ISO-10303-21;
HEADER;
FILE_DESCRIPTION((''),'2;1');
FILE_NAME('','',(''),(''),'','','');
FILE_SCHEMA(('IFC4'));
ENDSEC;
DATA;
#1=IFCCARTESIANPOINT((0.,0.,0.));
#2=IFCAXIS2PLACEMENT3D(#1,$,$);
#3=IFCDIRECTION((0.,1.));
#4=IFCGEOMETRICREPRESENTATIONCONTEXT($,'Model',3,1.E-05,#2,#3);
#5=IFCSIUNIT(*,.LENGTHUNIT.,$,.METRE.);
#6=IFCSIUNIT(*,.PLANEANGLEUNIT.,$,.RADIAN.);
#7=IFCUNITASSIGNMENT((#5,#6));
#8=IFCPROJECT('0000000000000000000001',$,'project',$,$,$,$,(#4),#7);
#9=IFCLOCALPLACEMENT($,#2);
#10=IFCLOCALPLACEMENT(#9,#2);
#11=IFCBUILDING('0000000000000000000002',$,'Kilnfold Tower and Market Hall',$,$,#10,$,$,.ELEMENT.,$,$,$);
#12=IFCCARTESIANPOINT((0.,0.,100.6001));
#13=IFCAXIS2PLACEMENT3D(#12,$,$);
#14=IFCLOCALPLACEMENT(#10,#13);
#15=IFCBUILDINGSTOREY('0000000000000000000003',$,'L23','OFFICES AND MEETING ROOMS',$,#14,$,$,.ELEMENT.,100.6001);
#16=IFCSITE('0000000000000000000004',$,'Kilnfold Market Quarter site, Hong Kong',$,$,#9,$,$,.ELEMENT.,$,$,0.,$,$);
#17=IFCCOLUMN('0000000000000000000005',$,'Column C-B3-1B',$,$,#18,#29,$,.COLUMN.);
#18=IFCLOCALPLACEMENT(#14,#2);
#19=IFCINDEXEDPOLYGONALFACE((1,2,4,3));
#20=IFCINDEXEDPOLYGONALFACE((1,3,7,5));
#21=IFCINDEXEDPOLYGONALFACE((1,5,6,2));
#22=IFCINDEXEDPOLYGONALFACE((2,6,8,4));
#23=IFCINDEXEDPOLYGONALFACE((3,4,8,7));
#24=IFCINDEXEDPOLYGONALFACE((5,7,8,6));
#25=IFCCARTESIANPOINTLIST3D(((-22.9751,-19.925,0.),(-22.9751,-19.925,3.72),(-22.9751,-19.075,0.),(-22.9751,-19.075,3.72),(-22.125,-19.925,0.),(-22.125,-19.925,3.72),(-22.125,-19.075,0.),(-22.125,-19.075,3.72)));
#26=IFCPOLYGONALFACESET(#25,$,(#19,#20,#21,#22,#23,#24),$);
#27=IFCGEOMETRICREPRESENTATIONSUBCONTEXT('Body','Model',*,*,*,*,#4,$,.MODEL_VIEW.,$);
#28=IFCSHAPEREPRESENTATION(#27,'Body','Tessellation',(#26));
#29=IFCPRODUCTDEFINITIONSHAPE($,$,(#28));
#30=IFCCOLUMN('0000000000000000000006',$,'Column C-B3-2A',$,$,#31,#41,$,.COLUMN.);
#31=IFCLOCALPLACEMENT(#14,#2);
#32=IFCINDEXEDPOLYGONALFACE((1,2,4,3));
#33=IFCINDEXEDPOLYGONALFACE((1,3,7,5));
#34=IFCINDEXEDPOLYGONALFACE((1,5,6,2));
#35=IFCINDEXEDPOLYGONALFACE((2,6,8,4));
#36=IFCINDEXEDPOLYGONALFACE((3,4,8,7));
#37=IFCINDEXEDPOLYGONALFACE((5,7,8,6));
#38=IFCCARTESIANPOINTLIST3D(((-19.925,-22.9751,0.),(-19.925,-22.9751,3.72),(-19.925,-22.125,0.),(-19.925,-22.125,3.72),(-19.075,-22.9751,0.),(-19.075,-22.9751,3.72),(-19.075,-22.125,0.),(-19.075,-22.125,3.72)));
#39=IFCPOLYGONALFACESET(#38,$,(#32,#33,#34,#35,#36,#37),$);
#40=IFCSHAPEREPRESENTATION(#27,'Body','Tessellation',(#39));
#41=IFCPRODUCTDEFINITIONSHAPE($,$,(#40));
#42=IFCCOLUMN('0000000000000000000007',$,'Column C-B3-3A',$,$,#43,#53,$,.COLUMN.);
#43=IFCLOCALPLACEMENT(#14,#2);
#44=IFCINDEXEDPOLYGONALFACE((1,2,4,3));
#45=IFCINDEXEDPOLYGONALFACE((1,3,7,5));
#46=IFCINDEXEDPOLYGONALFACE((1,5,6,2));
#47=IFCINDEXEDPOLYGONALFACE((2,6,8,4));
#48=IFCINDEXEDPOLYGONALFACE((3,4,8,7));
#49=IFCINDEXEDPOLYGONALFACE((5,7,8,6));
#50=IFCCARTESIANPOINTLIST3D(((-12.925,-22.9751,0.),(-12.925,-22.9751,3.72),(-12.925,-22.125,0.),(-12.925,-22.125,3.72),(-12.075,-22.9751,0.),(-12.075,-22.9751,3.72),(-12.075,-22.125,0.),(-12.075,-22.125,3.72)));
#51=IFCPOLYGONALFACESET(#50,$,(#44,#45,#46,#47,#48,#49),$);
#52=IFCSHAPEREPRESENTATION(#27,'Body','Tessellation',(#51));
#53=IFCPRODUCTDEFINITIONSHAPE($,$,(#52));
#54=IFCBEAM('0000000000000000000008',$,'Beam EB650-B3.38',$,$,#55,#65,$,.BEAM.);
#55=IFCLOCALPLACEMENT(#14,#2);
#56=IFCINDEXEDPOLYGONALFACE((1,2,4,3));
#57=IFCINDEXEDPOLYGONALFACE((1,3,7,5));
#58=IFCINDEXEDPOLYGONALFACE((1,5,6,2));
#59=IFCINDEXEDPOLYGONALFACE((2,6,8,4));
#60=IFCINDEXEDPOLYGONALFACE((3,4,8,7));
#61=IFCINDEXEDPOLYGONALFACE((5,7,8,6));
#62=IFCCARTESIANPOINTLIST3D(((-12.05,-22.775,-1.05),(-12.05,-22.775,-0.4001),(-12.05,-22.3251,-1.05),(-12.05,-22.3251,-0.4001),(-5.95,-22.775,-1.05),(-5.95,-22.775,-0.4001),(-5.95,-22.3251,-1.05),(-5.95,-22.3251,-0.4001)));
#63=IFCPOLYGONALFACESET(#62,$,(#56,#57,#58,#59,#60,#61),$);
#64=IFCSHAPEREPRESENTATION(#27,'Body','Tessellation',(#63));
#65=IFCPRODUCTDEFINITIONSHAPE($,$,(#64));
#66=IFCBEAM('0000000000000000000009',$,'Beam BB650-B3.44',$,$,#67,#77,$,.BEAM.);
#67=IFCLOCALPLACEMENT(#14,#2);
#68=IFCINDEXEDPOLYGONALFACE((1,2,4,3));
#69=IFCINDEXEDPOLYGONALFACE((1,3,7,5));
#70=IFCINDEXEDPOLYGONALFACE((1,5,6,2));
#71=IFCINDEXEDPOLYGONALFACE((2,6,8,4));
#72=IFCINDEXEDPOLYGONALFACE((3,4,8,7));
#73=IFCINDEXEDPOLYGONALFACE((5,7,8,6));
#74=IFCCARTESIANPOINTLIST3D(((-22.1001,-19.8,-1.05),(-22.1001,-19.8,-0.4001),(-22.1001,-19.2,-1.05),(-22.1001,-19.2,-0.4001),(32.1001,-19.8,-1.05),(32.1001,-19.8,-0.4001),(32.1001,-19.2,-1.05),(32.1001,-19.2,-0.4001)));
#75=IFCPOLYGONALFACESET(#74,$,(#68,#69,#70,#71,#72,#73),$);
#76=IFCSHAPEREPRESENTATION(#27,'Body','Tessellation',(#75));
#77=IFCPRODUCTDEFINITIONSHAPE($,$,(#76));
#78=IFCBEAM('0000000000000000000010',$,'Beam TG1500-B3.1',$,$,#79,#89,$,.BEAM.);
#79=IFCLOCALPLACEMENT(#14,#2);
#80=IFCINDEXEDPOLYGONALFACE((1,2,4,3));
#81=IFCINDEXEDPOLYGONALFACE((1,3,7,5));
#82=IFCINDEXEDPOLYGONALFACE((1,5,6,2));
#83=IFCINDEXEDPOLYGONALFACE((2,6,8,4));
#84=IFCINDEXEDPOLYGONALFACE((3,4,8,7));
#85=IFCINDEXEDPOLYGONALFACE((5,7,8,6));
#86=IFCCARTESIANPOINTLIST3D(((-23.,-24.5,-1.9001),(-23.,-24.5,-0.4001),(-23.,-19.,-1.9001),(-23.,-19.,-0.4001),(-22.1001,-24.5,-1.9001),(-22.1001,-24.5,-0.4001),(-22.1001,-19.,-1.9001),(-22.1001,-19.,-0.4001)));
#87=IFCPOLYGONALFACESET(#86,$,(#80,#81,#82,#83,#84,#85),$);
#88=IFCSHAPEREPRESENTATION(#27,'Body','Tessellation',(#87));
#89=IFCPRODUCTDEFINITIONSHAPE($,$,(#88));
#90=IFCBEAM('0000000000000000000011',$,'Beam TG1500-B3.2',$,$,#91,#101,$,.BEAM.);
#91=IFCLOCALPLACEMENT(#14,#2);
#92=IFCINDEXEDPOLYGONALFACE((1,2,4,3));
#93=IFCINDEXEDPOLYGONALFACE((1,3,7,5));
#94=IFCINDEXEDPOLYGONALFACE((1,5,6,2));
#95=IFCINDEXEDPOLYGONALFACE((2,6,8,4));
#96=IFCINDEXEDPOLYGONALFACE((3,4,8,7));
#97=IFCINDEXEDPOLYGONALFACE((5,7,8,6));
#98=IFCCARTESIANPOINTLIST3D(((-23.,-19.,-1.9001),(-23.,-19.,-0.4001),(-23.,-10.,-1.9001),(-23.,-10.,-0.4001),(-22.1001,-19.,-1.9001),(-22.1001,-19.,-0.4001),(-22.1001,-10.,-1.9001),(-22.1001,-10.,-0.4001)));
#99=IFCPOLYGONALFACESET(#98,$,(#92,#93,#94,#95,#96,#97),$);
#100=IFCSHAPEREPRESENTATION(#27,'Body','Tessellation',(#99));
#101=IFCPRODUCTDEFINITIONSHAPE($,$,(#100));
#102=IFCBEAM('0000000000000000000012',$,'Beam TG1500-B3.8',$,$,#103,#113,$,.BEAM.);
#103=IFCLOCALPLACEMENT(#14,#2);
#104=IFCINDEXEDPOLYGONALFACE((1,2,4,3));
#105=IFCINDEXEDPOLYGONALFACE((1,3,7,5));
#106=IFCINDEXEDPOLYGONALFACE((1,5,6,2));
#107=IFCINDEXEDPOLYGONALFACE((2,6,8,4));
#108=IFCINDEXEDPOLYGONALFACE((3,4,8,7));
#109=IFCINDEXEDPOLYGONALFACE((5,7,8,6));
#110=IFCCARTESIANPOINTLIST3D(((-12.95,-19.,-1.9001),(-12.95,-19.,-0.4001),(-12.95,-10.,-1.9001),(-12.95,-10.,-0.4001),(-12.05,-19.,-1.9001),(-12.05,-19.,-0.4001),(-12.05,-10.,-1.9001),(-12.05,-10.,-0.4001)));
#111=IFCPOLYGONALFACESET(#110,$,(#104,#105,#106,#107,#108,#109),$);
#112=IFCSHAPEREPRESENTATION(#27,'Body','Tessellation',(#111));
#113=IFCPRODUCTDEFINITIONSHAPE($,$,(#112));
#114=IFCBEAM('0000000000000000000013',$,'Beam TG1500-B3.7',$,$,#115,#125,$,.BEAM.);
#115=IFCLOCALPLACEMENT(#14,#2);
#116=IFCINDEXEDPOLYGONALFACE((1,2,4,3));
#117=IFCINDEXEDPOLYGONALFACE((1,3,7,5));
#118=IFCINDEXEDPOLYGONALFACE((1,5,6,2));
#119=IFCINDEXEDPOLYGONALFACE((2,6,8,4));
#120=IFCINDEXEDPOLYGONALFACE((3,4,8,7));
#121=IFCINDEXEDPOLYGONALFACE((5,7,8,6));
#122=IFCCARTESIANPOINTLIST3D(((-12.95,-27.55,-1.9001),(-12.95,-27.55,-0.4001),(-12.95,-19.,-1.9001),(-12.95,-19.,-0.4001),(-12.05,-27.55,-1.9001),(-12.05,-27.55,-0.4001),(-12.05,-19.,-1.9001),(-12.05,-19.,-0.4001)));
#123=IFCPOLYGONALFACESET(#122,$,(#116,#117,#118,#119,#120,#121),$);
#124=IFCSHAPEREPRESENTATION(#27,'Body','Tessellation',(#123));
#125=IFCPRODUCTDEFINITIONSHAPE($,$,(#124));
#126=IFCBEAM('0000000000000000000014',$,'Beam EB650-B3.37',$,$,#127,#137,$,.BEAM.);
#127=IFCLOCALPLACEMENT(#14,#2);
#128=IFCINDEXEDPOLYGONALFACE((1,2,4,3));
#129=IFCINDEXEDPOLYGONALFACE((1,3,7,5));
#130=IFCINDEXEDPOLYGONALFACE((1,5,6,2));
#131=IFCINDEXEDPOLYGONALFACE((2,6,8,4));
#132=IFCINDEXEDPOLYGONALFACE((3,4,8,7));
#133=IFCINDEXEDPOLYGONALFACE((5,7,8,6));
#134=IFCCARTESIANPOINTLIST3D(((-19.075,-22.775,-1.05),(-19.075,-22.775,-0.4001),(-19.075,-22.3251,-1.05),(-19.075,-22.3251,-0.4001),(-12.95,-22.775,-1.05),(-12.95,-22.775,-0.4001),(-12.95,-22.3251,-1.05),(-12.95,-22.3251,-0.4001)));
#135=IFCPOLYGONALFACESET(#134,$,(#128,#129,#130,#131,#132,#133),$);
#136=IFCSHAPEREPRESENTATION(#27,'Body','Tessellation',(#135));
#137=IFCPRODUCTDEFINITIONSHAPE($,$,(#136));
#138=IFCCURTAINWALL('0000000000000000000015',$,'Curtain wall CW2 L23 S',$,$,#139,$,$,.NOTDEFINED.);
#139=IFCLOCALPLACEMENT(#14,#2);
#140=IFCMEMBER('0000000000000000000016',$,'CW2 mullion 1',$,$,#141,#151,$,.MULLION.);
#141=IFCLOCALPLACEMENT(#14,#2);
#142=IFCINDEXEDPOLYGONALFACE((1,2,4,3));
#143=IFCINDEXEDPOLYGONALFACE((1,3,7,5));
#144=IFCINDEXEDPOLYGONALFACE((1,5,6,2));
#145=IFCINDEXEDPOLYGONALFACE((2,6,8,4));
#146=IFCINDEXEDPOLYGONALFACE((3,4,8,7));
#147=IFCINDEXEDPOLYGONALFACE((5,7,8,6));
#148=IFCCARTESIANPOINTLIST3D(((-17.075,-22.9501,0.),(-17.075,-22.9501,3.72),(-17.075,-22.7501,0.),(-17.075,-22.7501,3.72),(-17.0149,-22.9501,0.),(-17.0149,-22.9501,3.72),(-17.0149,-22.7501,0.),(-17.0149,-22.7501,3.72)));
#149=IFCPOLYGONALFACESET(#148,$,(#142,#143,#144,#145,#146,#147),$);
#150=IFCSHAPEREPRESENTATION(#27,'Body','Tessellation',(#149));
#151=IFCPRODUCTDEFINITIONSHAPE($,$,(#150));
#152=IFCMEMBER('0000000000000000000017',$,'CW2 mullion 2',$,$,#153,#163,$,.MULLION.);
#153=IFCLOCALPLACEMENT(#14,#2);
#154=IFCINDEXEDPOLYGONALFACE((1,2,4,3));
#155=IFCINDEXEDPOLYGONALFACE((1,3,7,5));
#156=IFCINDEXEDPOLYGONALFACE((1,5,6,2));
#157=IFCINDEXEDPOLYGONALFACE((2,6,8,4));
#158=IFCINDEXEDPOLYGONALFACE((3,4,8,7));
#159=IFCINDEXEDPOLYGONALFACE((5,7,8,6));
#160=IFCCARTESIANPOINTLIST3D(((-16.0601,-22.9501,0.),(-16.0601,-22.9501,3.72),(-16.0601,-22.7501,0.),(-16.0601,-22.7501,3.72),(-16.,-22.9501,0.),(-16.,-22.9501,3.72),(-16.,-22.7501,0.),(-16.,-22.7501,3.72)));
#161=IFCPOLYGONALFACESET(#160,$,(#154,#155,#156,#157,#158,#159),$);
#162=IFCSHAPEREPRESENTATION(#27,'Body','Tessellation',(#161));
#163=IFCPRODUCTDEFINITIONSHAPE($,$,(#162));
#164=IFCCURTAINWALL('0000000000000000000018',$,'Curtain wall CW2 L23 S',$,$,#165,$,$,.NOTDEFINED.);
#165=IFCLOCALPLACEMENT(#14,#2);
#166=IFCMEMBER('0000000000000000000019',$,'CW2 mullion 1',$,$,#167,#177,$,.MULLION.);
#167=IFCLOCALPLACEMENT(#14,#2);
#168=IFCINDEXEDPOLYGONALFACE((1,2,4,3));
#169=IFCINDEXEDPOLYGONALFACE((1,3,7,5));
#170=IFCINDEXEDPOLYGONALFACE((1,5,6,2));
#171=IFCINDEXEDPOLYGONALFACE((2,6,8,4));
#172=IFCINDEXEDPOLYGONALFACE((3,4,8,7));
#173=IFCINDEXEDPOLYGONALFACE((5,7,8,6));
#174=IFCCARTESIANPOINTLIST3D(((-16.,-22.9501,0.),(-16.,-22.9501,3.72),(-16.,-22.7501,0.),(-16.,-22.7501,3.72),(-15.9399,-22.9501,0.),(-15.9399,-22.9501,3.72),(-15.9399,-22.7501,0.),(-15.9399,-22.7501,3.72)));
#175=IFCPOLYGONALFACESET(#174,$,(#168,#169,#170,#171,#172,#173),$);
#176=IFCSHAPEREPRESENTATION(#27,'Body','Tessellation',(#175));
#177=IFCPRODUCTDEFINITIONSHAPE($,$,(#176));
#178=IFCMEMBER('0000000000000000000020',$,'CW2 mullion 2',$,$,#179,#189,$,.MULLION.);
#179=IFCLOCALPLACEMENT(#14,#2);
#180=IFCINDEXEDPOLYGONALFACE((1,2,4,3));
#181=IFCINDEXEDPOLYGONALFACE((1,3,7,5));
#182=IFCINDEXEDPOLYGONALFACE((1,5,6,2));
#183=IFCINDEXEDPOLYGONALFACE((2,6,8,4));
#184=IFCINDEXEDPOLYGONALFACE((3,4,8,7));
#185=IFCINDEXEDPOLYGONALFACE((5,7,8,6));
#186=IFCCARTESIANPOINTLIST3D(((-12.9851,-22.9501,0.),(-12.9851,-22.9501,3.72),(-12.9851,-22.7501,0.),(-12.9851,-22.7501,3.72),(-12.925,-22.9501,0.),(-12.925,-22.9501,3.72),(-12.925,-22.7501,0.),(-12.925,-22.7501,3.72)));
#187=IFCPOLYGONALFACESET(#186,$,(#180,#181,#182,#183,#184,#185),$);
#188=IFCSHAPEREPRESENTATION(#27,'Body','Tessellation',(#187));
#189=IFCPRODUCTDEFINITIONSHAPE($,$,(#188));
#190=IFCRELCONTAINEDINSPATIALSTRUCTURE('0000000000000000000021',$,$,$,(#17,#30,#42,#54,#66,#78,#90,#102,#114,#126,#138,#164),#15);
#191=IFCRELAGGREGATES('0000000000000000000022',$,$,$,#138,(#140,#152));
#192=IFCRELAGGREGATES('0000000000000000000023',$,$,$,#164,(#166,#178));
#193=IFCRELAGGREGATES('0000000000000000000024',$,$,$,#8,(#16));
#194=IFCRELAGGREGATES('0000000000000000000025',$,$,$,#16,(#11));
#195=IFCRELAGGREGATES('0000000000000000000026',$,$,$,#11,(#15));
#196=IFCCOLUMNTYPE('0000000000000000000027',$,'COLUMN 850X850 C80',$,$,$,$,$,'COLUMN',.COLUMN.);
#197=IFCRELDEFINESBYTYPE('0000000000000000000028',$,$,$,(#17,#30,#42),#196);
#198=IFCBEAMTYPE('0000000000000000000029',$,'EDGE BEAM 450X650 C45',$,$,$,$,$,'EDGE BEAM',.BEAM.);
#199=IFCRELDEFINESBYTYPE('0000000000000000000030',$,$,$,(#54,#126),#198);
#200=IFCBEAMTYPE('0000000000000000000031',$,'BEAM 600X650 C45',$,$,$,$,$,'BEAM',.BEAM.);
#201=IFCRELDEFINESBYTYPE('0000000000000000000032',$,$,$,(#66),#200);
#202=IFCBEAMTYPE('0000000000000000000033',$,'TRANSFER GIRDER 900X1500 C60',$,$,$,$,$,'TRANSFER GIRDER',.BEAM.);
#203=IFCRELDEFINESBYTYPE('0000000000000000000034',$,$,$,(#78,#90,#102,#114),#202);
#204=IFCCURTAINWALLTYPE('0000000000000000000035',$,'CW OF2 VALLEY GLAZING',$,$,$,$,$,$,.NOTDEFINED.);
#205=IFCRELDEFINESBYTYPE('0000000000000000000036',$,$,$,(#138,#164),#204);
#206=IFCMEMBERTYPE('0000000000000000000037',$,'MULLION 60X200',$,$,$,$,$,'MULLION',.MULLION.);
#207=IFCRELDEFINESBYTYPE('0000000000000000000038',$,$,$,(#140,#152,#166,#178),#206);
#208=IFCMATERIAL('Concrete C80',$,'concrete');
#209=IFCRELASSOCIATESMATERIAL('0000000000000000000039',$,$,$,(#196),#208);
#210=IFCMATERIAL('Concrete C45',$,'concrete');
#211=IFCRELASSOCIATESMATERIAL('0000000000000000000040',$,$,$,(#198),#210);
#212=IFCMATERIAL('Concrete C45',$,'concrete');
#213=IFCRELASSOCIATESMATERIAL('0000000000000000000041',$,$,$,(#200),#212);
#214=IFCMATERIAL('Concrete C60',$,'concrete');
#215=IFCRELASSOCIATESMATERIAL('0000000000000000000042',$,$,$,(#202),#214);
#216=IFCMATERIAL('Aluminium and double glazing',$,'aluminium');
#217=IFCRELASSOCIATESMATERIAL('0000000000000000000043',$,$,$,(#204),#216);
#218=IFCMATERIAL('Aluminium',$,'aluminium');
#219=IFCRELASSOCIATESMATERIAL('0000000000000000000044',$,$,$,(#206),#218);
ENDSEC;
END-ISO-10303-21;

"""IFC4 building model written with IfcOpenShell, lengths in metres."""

from ifc_helpers import new_model, si_unit, direction, frame, origin, origin_2d, place, context, subcontext, project, spatial, rectangle, extrude, source, transform, mapped, material, material_profile, profile_set, type_object, element, aggregate, save


model = new_model("IFC4")

# Units and contexts
model_context = context("Model", 3, precision=1e-05, world=origin(), true_north=direction((0.0, 1.0)))
body_context = subcontext(model_context, "Body", "Model", "MODEL_VIEW")
ifc_project = project(units=[si_unit("LENGTHUNIT", "METRE"), si_unit("PLANEANGLEUNIT", "RADIAN")], contexts=[model_context])

# Site, building, storey
site_placement = place(None, origin())
site = spatial("IfcSite", under=ifc_project, at=site_placement, Name="Kilnfold Market Quarter site, Hong Kong", CompositionType="ELEMENT", RefElevation=0.0)
building_placement = place(site_placement, origin())
building = spatial("IfcBuilding", under=site, at=building_placement, Name="Kilnfold Tower and Market Hall", CompositionType="ELEMENT")
storey_placement = place(building_placement, frame((0.0, 0.0, 100.6001)))
storey = spatial("IfcBuildingStorey", under=building, at=storey_placement, Name="L23", Description="OFFICES AND MEETING ROOMS", CompositionType="ELEMENT", Elevation=100.6001)

# Columns
ifc_material_1 = material(Name="Concrete C80", Category="concrete")
ifc_material_profile_1 = material_profile(ifc_material_1, rectangle(XDim=0.8501, YDim=0.8501, at=origin_2d()), Name="RC 850x850")
ifc_profile_set_1 = profile_set([ifc_material_profile_1], Name="Concrete C80")
column_type = type_object("IfcColumnType", Name="COLUMN 850X850 C80", ElementType="COLUMN", PredefinedType="COLUMN", material=ifc_profile_set_1)
shared_shape_1 = source(origin(), body_context, "Body", "SweptSolid", [
    extrude(rectangle(XDim=0.8501, YDim=0.8501, at=origin_2d()), origin(), (0.0, 0.0, 1.0), 3.72),
])
for number, where, z_axis, x_axis, name in (
    (1, (-22.55, -19.5, 0.0), (0.0, 0.0, 1.0), (1.0, 0.0, 0.0), "Column C-B3-1B"),
    (2, (-19.5, -22.55, 0.0), (0.0, 0.0, 1.0), (1.0, 0.0, 0.0), "Column C-B3-2A"),
    (3, (-12.5, -22.55, 0.0), (0.0, 0.0, 1.0), (1.0, 0.0, 0.0), "Column C-B3-3A"),
):
    element("IfcColumn", number, at=place(storey_placement, frame(where, z_axis=z_axis, x_axis=x_axis)), inside=storey, type_object=column_type, Name=name, PredefinedType="COLUMN", context=body_context, shape_type="MappedRepresentation", body=[
        mapped(shared_shape_1, transform((0.0, 0.0, 0.0))),
    ])

# Beams
ifc_material_2 = material(Name="Concrete C45", Category="concrete")
ifc_material_profile_2 = material_profile(ifc_material_2, rectangle(XDim=0.45, YDim=0.6499, at=origin_2d()), Name="RC 450x650")
ifc_profile_set_2 = profile_set([ifc_material_profile_2], Name="Concrete C45")
beam_type_1 = type_object("IfcBeamType", Name="EDGE BEAM 450X650 C45", ElementType="EDGE BEAM", PredefinedType="BEAM", material=ifc_profile_set_2)
shared_shape_2 = source(origin(), body_context, "Body", "SweptSolid", [
    extrude(rectangle(XDim=0.45, YDim=0.6499, at=origin_2d()), origin(), (0.0, 0.0, 1.0), 6.1001),
])
beam_1_placement = place(storey_placement, frame((-12.05, -22.55, -0.7251), z_axis=(1.0, 0.0, 0.0), x_axis=(0.0, 1.0, 0.0)))
element("IfcBeam", 4, at=beam_1_placement, inside=storey, type_object=beam_type_1, Name="Beam EB650-B3.38", PredefinedType="BEAM", context=body_context, shape_type="MappedRepresentation", body=[
    mapped(shared_shape_2, transform((0.0, 0.0, 0.0))),
])
ifc_material_3 = material(Name="Concrete C45", Category="concrete")
ifc_material_profile_3 = material_profile(ifc_material_3, rectangle(XDim=0.6001, YDim=0.6499, at=origin_2d()), Name="RC 600x650")
ifc_profile_set_3 = profile_set([ifc_material_profile_3], Name="Concrete C45")
beam_type_2 = type_object("IfcBeamType", Name="BEAM 600X650 C45", ElementType="BEAM", PredefinedType="BEAM", material=ifc_profile_set_3)
shared_shape_3 = source(origin(), body_context, "Body", "SweptSolid", [
    extrude(rectangle(XDim=0.6001, YDim=0.6499, at=origin_2d()), origin(), (0.0, 0.0, 1.0), 54.2002),
])
beam_2_placement = place(storey_placement, frame((-22.1001, -19.5, -0.7251), z_axis=(1.0, 0.0, 0.0), x_axis=(0.0, 1.0, 0.0)))
element("IfcBeam", 5, at=beam_2_placement, inside=storey, type_object=beam_type_2, Name="Beam BB650-B3.44", PredefinedType="BEAM", context=body_context, shape_type="MappedRepresentation", body=[
    mapped(shared_shape_3, transform((0.0, 0.0, 0.0))),
])
ifc_material_4 = material(Name="Concrete C60", Category="concrete")
ifc_material_profile_4 = material_profile(ifc_material_4, rectangle(XDim=0.8999, YDim=1.5, at=origin_2d()), Name="RC 900x1500")
ifc_profile_set_4 = profile_set([ifc_material_profile_4], Name="Concrete C60")
beam_type_3 = type_object("IfcBeamType", Name="TRANSFER GIRDER 900X1500 C60", ElementType="TRANSFER GIRDER", PredefinedType="BEAM", material=ifc_profile_set_4)
shared_shape_4 = source(origin(), body_context, "Body", "SweptSolid", [
    extrude(rectangle(XDim=0.8999, YDim=1.5, at=origin_2d()), origin(), (0.0, 0.0, 1.0), 5.5),
])
beam_3_placement = place(storey_placement, frame((-22.55, -24.5, -1.1501), z_axis=(0.0, 1.0, 0.0), x_axis=(-1.0, 0.0, 0.0)))
element("IfcBeam", 6, at=beam_3_placement, inside=storey, type_object=beam_type_3, Name="Beam TG1500-B3.1", PredefinedType="BEAM", context=body_context, shape_type="MappedRepresentation", body=[
    mapped(shared_shape_4, transform((0.0, 0.0, 0.0))),
])
shared_shape_5 = source(origin(), body_context, "Body", "SweptSolid", [
    extrude(rectangle(XDim=0.8999, YDim=1.5, at=origin_2d()), origin(), (0.0, 0.0, 1.0), 9.0),
])
for number, where, z_axis, x_axis, name in (
    (7, (-22.55, -19.0, -1.1501), (0.0, 1.0, 0.0), (-1.0, 0.0, 0.0), "Beam TG1500-B3.2"),
    (8, (-12.5, -19.0, -1.1501), (0.0, 1.0, 0.0), (-1.0, 0.0, 0.0), "Beam TG1500-B3.8"),
):
    element("IfcBeam", number, at=place(storey_placement, frame(where, z_axis=z_axis, x_axis=x_axis)), inside=storey, type_object=beam_type_3, Name=name, PredefinedType="BEAM", context=body_context, shape_type="MappedRepresentation", body=[
        mapped(shared_shape_5, transform((0.0, 0.0, 0.0))),
    ])
shared_shape_6 = source(origin(), body_context, "Body", "SweptSolid", [
    extrude(rectangle(XDim=0.8999, YDim=1.5, at=origin_2d()), origin(), (0.0, 0.0, 1.0), 8.55),
])
beam_4_placement = place(storey_placement, frame((-12.5, -27.55, -1.1501), z_axis=(0.0, 1.0, 0.0), x_axis=(-1.0, 0.0, 0.0)))
element("IfcBeam", 9, at=beam_4_placement, inside=storey, type_object=beam_type_3, Name="Beam TG1500-B3.7", PredefinedType="BEAM", context=body_context, shape_type="MappedRepresentation", body=[
    mapped(shared_shape_6, transform((0.0, 0.0, 0.0))),
])
shared_shape_7 = source(origin(), body_context, "Body", "SweptSolid", [
    extrude(rectangle(XDim=0.45, YDim=0.6499, at=origin_2d()), origin(), (0.0, 0.0, 1.0), 6.125),
])
beam_5_placement = place(storey_placement, frame((-19.075, -22.55, -0.7251), z_axis=(1.0, 0.0, 0.0), x_axis=(0.0, 1.0, 0.0)))
element("IfcBeam", 10, at=beam_5_placement, inside=storey, type_object=beam_type_1, Name="Beam EB650-B3.37", PredefinedType="BEAM", context=body_context, shape_type="MappedRepresentation", body=[
    mapped(shared_shape_7, transform((0.0, 0.0, 0.0))),
])

# Curtain walls, members
ifc_material_5 = material(Name="Aluminium and double glazing", Category="aluminium")
curtain_wall_type = type_object("IfcCurtainWallType", Name="CW OF2 VALLEY GLAZING", PredefinedType="NOTDEFINED", material=ifc_material_5)
curtain_wall_1_placement = place(storey_placement, origin())
curtain_wall_1 = element("IfcCurtainWall", 11, at=curtain_wall_1_placement, inside=storey, type_object=curtain_wall_type, Name="Curtain wall CW2 L23 S", PredefinedType="NOTDEFINED")
ifc_material_6 = material(Name="Aluminium", Category="aluminium")
ifc_material_profile_5 = material_profile(ifc_material_6, rectangle(XDim=0.0601, YDim=0.2, at=origin_2d()), Name="MULLION 60x200")
ifc_profile_set_5 = profile_set([ifc_material_profile_5], Name="Aluminium")
member_type_1 = type_object("IfcMemberType", Name="MULLION 60X200", ElementType="MULLION", PredefinedType="MULLION", material=ifc_profile_set_5)
shared_shape_8 = source(origin(), body_context, "Body", "SweptSolid", [
    extrude(rectangle(XDim=0.0601, YDim=0.2, at=origin_2d()), origin(), (0.0, 0.0, 1.0), 3.72),
])
member_1_placement = place(storey_placement, frame((-17.0449, -22.8501, 0.0), z_axis=(0.0, 0.0, 1.0), x_axis=(1.0, 0.0, 0.0)))
member_1 = element("IfcMember", 12, at=member_1_placement, type_object=member_type_1, Name="CW2 mullion 1", PredefinedType="MULLION", context=body_context, shape_type="MappedRepresentation", body=[
    mapped(shared_shape_8, transform((0.0, 0.0, 0.0))),
])
member_2_placement = place(storey_placement, frame((-16.03, -22.8501, 0.0), z_axis=(0.0, 0.0, 1.0), x_axis=(1.0, 0.0, 0.0)))
member_2 = element("IfcMember", 13, at=member_2_placement, type_object=member_type_1, Name="CW2 mullion 2", PredefinedType="MULLION", context=body_context, shape_type="MappedRepresentation", body=[
    mapped(shared_shape_8, transform((0.0, 0.0, 0.0))),
])
curtain_wall_2_placement = place(storey_placement, origin())
curtain_wall_2 = element("IfcCurtainWall", 14, at=curtain_wall_2_placement, inside=storey, type_object=curtain_wall_type, Name="Curtain wall CW2 L23 S", PredefinedType="NOTDEFINED")
member_3_placement = place(storey_placement, frame((-15.97, -22.8501, 0.0), z_axis=(0.0, 0.0, 1.0), x_axis=(1.0, 0.0, 0.0)))
member_3 = element("IfcMember", 15, at=member_3_placement, type_object=member_type_1, Name="CW2 mullion 1", PredefinedType="MULLION", context=body_context, shape_type="MappedRepresentation", body=[
    mapped(shared_shape_8, transform((0.0, 0.0, 0.0))),
])
member_4_placement = place(storey_placement, frame((-12.9551, -22.8501, 0.0), z_axis=(0.0, 0.0, 1.0), x_axis=(1.0, 0.0, 0.0)))
member_4 = element("IfcMember", 16, at=member_4_placement, type_object=member_type_1, Name="CW2 mullion 2", PredefinedType="MULLION", context=body_context, shape_type="MappedRepresentation", body=[
    mapped(shared_shape_8, transform((0.0, 0.0, 0.0))),
])

aggregate(curtain_wall_1, [member_1, member_2])
aggregate(curtain_wall_2, [member_3, member_4])

save(model, "model.ifc")
